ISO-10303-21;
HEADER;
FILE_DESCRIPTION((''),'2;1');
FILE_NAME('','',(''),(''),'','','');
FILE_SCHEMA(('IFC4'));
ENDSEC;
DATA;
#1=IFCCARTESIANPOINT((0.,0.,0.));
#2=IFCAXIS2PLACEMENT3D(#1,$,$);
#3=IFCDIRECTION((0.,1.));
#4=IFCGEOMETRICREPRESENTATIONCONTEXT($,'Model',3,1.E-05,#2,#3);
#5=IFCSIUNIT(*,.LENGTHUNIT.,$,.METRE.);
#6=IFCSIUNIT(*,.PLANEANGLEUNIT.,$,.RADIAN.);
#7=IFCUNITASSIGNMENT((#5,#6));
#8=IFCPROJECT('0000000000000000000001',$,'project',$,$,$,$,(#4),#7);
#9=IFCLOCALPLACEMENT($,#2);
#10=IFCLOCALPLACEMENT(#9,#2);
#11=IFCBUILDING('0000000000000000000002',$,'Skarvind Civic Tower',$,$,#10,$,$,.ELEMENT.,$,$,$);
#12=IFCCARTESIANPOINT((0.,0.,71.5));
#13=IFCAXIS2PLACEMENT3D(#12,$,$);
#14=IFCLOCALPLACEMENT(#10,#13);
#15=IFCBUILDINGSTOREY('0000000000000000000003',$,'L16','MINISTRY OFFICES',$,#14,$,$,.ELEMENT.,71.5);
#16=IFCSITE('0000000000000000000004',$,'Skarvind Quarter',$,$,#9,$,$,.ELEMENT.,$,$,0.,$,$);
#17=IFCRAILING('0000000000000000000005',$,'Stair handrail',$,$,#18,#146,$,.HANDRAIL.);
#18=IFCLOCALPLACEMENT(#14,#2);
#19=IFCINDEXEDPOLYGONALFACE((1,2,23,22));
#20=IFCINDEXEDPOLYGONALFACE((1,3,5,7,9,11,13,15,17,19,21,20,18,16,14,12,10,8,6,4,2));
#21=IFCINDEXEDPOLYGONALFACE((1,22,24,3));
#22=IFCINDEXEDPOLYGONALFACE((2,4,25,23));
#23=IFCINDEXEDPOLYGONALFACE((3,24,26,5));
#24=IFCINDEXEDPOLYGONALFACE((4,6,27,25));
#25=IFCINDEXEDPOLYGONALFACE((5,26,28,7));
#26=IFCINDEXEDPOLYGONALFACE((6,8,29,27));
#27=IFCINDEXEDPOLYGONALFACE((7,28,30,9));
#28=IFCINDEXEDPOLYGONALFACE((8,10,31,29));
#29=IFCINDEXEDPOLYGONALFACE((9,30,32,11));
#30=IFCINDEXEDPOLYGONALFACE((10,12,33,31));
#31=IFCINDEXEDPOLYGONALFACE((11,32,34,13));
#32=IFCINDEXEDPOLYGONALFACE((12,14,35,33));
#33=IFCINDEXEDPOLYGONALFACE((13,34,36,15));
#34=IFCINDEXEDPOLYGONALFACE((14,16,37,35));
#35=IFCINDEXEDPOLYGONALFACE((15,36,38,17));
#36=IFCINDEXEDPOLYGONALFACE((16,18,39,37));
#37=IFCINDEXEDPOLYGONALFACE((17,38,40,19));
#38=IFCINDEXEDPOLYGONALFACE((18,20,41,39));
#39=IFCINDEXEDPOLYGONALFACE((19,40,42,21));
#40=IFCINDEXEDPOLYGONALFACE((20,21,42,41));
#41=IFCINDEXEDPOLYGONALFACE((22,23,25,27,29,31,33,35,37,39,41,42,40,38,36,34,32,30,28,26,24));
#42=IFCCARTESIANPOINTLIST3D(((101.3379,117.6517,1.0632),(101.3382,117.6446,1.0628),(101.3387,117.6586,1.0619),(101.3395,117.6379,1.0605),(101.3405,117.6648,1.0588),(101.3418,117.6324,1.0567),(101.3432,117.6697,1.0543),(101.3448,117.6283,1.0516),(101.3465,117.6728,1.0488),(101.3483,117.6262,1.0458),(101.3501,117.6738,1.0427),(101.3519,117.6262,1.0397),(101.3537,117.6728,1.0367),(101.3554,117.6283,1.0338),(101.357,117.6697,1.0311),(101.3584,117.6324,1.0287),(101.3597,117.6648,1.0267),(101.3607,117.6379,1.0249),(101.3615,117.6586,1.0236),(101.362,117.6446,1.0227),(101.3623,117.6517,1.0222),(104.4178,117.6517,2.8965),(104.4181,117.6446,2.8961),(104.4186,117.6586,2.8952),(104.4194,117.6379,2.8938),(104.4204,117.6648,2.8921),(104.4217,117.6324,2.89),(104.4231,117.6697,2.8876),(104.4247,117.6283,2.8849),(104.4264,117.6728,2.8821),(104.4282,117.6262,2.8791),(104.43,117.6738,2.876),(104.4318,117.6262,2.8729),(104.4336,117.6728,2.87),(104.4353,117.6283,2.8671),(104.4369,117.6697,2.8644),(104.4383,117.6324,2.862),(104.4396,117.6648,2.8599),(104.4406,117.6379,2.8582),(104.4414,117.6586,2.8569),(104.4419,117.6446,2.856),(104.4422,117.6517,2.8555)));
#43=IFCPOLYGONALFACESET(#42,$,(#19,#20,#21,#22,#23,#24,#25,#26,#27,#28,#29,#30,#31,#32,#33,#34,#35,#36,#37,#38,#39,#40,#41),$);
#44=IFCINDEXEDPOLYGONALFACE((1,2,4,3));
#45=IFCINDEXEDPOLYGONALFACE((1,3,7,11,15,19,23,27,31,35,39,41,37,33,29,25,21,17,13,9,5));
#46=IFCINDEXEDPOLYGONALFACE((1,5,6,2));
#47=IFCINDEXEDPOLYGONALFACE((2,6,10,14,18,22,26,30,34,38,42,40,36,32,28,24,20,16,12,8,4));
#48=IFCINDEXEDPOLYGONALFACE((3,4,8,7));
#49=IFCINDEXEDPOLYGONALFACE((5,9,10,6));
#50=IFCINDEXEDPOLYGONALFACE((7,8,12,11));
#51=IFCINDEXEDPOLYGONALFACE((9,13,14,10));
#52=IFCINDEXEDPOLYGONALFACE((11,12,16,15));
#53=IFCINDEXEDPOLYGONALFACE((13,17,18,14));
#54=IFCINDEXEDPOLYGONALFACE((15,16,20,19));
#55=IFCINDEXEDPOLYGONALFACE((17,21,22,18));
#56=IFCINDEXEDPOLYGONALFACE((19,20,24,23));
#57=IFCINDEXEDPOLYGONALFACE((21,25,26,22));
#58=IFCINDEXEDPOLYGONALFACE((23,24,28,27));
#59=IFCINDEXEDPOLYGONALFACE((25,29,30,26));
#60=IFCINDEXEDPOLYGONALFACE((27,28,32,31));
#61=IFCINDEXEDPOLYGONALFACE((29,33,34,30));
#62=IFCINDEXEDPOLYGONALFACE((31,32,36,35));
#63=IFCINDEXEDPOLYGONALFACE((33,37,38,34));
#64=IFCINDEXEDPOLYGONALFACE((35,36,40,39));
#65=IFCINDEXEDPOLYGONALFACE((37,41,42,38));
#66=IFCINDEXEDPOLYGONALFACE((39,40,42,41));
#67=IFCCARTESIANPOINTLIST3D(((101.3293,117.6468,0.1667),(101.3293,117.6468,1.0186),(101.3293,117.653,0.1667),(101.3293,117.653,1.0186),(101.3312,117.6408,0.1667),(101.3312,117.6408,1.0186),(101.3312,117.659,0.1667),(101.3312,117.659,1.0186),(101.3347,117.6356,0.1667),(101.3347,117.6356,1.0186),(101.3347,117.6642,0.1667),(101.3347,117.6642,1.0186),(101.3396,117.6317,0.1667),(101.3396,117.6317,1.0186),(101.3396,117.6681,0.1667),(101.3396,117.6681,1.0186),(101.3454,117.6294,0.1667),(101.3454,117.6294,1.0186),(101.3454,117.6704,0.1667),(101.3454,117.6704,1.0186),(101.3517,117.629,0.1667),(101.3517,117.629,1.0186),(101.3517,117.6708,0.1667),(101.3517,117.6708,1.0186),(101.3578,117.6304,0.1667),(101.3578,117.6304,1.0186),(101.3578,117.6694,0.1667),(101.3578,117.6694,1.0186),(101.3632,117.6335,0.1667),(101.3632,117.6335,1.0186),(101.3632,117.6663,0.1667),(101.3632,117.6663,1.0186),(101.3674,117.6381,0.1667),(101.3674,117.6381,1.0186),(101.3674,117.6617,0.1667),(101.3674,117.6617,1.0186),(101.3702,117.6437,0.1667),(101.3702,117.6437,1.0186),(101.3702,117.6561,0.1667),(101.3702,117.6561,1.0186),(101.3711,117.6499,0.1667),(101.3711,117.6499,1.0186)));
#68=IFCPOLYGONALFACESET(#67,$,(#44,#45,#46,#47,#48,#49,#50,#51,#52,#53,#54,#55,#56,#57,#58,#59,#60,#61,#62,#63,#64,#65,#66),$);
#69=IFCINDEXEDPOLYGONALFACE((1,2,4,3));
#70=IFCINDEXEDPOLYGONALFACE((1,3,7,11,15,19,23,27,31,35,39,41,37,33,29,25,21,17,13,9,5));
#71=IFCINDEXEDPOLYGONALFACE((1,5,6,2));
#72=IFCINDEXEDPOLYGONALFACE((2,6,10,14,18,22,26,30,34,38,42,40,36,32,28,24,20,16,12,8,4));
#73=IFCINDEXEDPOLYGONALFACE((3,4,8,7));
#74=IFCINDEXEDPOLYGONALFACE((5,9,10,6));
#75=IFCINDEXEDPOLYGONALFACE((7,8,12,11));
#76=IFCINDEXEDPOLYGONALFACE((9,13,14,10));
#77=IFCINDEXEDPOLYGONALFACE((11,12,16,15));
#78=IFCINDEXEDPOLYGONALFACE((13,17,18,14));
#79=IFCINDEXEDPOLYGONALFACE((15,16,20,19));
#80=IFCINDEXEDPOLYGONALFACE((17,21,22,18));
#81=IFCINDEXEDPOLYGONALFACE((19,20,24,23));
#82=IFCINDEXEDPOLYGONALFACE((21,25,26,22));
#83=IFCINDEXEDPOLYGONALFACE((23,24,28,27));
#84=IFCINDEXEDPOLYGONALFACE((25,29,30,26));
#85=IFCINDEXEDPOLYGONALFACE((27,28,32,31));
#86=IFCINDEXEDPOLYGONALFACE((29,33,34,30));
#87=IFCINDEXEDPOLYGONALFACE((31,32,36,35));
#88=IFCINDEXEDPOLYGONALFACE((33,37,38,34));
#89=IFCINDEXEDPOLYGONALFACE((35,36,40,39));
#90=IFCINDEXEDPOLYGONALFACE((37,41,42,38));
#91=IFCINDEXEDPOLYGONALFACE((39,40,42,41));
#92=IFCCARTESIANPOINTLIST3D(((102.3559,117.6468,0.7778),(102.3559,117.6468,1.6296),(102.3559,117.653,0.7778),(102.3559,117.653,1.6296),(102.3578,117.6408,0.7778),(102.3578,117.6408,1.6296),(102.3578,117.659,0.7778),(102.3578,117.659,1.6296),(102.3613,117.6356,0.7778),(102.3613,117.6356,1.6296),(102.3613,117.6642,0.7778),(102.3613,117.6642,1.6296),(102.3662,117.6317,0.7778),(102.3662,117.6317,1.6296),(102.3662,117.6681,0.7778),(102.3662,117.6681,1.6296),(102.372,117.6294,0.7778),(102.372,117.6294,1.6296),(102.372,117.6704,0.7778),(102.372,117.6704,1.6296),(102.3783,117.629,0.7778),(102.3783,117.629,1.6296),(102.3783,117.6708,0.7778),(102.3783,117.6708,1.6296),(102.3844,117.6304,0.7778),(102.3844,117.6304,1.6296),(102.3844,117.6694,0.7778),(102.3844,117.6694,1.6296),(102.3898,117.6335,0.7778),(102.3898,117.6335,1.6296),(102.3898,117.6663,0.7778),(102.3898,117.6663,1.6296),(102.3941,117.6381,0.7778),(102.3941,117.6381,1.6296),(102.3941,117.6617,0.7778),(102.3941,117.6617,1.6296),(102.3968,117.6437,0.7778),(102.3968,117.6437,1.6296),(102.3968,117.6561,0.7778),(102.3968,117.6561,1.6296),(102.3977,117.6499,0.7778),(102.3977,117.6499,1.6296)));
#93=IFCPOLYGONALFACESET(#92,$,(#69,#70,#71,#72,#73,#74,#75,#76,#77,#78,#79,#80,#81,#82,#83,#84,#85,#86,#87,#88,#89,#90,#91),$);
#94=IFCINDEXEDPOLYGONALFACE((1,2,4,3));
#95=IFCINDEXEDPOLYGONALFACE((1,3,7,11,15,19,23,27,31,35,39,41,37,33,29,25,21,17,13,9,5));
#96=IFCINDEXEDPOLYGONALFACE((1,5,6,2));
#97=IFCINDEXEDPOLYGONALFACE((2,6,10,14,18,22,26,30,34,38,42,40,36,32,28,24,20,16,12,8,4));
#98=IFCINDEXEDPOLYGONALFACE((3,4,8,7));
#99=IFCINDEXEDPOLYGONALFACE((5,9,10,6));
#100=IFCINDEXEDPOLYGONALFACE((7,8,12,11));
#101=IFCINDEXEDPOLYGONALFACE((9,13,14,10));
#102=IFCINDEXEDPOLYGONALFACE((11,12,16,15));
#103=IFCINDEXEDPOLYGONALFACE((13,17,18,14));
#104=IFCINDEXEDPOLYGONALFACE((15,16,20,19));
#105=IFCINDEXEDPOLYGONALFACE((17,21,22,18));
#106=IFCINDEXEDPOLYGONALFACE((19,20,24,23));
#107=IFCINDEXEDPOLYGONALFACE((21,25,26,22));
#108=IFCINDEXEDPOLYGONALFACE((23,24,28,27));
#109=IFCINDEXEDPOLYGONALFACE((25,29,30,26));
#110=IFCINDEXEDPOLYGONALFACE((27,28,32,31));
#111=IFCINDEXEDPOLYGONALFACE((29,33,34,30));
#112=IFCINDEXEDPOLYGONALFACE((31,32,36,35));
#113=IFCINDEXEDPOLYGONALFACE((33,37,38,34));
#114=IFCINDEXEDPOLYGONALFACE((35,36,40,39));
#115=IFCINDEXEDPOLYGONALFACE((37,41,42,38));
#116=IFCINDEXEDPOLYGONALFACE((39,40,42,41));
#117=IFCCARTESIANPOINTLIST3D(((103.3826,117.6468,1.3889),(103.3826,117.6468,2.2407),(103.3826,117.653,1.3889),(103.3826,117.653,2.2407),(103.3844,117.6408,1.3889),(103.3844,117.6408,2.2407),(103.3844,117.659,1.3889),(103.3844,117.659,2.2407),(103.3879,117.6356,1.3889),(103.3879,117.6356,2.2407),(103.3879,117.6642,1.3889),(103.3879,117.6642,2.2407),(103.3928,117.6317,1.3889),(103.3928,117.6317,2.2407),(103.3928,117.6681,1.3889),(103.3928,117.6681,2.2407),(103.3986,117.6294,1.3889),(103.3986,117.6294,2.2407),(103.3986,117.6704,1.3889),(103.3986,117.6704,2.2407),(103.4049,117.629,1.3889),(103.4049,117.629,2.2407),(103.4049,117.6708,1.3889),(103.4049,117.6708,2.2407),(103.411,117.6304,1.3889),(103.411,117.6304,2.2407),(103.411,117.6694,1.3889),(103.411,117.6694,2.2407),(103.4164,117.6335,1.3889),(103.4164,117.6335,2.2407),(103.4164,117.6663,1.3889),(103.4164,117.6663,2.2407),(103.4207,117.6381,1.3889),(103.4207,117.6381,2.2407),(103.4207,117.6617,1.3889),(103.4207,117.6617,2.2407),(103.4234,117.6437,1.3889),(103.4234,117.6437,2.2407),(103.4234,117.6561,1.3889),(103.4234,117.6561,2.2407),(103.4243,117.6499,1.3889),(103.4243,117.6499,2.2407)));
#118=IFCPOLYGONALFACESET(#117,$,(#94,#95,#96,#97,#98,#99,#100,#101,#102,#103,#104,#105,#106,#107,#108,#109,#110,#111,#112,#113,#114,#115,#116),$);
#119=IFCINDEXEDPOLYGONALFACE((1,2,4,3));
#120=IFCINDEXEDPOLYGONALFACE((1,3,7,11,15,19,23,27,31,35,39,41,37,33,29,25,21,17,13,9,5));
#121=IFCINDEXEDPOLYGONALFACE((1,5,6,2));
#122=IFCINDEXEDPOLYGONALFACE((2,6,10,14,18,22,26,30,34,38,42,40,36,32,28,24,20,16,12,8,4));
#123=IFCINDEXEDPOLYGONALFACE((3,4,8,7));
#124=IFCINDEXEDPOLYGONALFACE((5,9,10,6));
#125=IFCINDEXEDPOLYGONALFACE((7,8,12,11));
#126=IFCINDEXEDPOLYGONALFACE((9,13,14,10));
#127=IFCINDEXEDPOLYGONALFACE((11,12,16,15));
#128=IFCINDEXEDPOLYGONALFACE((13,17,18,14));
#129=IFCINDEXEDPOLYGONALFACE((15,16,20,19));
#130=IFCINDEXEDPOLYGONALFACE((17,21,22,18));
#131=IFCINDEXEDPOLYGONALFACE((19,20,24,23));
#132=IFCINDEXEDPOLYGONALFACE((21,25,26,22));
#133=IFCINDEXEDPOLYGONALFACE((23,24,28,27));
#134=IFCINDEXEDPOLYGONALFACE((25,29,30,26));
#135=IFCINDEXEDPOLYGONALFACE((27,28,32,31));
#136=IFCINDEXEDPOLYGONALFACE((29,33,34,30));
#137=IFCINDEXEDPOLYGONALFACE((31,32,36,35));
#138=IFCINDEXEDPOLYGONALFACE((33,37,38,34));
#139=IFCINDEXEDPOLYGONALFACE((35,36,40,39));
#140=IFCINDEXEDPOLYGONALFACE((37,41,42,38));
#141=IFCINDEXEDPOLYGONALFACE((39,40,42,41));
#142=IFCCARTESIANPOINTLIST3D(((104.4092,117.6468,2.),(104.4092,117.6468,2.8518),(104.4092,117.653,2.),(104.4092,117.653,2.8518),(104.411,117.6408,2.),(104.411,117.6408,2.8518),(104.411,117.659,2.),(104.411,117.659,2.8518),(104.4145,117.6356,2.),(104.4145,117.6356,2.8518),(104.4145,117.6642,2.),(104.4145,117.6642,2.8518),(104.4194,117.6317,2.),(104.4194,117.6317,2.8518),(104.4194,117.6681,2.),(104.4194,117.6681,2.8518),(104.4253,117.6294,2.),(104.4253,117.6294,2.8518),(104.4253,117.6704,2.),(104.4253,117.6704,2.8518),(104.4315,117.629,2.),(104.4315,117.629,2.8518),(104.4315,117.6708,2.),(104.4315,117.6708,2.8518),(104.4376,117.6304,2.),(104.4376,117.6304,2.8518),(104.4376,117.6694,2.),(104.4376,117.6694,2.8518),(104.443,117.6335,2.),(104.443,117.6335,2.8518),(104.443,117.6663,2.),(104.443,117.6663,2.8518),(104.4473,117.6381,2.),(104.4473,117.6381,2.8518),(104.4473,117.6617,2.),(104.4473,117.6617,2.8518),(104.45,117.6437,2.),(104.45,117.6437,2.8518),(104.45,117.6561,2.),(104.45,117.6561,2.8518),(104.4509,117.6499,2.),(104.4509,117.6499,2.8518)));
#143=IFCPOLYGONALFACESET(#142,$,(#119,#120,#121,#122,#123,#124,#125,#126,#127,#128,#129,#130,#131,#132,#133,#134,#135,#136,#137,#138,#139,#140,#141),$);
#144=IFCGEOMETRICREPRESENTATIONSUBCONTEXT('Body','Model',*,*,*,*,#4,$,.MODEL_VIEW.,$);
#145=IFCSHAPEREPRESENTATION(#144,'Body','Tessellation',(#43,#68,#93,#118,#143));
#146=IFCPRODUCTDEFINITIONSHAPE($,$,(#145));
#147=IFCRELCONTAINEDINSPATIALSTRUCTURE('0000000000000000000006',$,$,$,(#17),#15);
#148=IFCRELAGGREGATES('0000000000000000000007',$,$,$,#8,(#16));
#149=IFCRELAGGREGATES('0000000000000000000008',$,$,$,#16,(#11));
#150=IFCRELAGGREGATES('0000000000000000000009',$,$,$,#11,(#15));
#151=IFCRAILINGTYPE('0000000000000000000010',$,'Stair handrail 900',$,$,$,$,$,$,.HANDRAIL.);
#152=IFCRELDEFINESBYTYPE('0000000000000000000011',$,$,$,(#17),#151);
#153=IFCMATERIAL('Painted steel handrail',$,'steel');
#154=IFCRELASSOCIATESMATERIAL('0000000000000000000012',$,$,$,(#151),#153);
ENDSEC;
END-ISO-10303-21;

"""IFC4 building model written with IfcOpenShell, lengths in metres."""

from ifc_helpers import new_model, si_unit, direction, frame, origin, origin_2d, place, context, subcontext, project, spatial, circle, extrude, material, type_object, element, save


model = new_model("IFC4")

# Units and contexts
model_context = context("Model", 3, precision=1e-05, world=origin(), true_north=direction((0.0, 1.0)))
body_context = subcontext(model_context, "Body", "Model", "MODEL_VIEW")
ifc_project = project(units=[si_unit("LENGTHUNIT", "METRE"), si_unit("PLANEANGLEUNIT", "RADIAN")], contexts=[model_context])

# Site, building, storey
site_placement = place(None, origin())
site = spatial("IfcSite", under=ifc_project, at=site_placement, Name="Skarvind Quarter", CompositionType="ELEMENT", RefElevation=0.0)
building_placement = place(site_placement, origin())
building = spatial("IfcBuilding", under=site, at=building_placement, Name="Skarvind Civic Tower", CompositionType="ELEMENT")
storey_placement = place(building_placement, frame((0.0, 0.0, 71.5)))
storey = spatial("IfcBuildingStorey", under=building, at=storey_placement, Name="L16", Description="MINISTRY OFFICES", CompositionType="ELEMENT", Elevation=71.5)

# Railing
ifc_material_1 = material(Name="Painted steel handrail", Category="steel")
railing_type = type_object("IfcRailingType", Name="Stair handrail 900", PredefinedType="HANDRAIL", material=ifc_material_1)
railing_1_placement = place(storey_placement, frame((101.3501, 117.6499, 0.1667)))
element("IfcRailing", 1, at=railing_1_placement, inside=storey, type_object=railing_type, Name="Stair handrail", PredefinedType="HANDRAIL", context=body_context, shape_type="SweptSolid", body=[
    extrude(circle(Radius=0.0239, at=origin_2d()), frame((0.0, 0.0, 0.876), z_axis=(0.859291, 0.0, 0.511487), x_axis=(0.0, 1.0, 0.0)), (0.0, 0.0, 1.0), 3.5842),
    extrude(circle(Radius=0.021, at=origin_2d()), origin(), (0.0, 0.0, 1.0), 0.8518),
    extrude(circle(Radius=0.021, at=origin_2d()), frame((1.0266, 0.0, 0.6111)), (0.0, 0.0, 1.0), 0.8518),
    extrude(circle(Radius=0.021, at=origin_2d()), frame((2.0532, 0.0, 1.2222)), (0.0, 0.0, 1.0), 0.8518),
    extrude(circle(Radius=0.021, at=origin_2d()), frame((3.0798, 0.0, 1.8333)), (0.0, 0.0, 1.0), 0.8518),
])

save(model, "model.ifc")
